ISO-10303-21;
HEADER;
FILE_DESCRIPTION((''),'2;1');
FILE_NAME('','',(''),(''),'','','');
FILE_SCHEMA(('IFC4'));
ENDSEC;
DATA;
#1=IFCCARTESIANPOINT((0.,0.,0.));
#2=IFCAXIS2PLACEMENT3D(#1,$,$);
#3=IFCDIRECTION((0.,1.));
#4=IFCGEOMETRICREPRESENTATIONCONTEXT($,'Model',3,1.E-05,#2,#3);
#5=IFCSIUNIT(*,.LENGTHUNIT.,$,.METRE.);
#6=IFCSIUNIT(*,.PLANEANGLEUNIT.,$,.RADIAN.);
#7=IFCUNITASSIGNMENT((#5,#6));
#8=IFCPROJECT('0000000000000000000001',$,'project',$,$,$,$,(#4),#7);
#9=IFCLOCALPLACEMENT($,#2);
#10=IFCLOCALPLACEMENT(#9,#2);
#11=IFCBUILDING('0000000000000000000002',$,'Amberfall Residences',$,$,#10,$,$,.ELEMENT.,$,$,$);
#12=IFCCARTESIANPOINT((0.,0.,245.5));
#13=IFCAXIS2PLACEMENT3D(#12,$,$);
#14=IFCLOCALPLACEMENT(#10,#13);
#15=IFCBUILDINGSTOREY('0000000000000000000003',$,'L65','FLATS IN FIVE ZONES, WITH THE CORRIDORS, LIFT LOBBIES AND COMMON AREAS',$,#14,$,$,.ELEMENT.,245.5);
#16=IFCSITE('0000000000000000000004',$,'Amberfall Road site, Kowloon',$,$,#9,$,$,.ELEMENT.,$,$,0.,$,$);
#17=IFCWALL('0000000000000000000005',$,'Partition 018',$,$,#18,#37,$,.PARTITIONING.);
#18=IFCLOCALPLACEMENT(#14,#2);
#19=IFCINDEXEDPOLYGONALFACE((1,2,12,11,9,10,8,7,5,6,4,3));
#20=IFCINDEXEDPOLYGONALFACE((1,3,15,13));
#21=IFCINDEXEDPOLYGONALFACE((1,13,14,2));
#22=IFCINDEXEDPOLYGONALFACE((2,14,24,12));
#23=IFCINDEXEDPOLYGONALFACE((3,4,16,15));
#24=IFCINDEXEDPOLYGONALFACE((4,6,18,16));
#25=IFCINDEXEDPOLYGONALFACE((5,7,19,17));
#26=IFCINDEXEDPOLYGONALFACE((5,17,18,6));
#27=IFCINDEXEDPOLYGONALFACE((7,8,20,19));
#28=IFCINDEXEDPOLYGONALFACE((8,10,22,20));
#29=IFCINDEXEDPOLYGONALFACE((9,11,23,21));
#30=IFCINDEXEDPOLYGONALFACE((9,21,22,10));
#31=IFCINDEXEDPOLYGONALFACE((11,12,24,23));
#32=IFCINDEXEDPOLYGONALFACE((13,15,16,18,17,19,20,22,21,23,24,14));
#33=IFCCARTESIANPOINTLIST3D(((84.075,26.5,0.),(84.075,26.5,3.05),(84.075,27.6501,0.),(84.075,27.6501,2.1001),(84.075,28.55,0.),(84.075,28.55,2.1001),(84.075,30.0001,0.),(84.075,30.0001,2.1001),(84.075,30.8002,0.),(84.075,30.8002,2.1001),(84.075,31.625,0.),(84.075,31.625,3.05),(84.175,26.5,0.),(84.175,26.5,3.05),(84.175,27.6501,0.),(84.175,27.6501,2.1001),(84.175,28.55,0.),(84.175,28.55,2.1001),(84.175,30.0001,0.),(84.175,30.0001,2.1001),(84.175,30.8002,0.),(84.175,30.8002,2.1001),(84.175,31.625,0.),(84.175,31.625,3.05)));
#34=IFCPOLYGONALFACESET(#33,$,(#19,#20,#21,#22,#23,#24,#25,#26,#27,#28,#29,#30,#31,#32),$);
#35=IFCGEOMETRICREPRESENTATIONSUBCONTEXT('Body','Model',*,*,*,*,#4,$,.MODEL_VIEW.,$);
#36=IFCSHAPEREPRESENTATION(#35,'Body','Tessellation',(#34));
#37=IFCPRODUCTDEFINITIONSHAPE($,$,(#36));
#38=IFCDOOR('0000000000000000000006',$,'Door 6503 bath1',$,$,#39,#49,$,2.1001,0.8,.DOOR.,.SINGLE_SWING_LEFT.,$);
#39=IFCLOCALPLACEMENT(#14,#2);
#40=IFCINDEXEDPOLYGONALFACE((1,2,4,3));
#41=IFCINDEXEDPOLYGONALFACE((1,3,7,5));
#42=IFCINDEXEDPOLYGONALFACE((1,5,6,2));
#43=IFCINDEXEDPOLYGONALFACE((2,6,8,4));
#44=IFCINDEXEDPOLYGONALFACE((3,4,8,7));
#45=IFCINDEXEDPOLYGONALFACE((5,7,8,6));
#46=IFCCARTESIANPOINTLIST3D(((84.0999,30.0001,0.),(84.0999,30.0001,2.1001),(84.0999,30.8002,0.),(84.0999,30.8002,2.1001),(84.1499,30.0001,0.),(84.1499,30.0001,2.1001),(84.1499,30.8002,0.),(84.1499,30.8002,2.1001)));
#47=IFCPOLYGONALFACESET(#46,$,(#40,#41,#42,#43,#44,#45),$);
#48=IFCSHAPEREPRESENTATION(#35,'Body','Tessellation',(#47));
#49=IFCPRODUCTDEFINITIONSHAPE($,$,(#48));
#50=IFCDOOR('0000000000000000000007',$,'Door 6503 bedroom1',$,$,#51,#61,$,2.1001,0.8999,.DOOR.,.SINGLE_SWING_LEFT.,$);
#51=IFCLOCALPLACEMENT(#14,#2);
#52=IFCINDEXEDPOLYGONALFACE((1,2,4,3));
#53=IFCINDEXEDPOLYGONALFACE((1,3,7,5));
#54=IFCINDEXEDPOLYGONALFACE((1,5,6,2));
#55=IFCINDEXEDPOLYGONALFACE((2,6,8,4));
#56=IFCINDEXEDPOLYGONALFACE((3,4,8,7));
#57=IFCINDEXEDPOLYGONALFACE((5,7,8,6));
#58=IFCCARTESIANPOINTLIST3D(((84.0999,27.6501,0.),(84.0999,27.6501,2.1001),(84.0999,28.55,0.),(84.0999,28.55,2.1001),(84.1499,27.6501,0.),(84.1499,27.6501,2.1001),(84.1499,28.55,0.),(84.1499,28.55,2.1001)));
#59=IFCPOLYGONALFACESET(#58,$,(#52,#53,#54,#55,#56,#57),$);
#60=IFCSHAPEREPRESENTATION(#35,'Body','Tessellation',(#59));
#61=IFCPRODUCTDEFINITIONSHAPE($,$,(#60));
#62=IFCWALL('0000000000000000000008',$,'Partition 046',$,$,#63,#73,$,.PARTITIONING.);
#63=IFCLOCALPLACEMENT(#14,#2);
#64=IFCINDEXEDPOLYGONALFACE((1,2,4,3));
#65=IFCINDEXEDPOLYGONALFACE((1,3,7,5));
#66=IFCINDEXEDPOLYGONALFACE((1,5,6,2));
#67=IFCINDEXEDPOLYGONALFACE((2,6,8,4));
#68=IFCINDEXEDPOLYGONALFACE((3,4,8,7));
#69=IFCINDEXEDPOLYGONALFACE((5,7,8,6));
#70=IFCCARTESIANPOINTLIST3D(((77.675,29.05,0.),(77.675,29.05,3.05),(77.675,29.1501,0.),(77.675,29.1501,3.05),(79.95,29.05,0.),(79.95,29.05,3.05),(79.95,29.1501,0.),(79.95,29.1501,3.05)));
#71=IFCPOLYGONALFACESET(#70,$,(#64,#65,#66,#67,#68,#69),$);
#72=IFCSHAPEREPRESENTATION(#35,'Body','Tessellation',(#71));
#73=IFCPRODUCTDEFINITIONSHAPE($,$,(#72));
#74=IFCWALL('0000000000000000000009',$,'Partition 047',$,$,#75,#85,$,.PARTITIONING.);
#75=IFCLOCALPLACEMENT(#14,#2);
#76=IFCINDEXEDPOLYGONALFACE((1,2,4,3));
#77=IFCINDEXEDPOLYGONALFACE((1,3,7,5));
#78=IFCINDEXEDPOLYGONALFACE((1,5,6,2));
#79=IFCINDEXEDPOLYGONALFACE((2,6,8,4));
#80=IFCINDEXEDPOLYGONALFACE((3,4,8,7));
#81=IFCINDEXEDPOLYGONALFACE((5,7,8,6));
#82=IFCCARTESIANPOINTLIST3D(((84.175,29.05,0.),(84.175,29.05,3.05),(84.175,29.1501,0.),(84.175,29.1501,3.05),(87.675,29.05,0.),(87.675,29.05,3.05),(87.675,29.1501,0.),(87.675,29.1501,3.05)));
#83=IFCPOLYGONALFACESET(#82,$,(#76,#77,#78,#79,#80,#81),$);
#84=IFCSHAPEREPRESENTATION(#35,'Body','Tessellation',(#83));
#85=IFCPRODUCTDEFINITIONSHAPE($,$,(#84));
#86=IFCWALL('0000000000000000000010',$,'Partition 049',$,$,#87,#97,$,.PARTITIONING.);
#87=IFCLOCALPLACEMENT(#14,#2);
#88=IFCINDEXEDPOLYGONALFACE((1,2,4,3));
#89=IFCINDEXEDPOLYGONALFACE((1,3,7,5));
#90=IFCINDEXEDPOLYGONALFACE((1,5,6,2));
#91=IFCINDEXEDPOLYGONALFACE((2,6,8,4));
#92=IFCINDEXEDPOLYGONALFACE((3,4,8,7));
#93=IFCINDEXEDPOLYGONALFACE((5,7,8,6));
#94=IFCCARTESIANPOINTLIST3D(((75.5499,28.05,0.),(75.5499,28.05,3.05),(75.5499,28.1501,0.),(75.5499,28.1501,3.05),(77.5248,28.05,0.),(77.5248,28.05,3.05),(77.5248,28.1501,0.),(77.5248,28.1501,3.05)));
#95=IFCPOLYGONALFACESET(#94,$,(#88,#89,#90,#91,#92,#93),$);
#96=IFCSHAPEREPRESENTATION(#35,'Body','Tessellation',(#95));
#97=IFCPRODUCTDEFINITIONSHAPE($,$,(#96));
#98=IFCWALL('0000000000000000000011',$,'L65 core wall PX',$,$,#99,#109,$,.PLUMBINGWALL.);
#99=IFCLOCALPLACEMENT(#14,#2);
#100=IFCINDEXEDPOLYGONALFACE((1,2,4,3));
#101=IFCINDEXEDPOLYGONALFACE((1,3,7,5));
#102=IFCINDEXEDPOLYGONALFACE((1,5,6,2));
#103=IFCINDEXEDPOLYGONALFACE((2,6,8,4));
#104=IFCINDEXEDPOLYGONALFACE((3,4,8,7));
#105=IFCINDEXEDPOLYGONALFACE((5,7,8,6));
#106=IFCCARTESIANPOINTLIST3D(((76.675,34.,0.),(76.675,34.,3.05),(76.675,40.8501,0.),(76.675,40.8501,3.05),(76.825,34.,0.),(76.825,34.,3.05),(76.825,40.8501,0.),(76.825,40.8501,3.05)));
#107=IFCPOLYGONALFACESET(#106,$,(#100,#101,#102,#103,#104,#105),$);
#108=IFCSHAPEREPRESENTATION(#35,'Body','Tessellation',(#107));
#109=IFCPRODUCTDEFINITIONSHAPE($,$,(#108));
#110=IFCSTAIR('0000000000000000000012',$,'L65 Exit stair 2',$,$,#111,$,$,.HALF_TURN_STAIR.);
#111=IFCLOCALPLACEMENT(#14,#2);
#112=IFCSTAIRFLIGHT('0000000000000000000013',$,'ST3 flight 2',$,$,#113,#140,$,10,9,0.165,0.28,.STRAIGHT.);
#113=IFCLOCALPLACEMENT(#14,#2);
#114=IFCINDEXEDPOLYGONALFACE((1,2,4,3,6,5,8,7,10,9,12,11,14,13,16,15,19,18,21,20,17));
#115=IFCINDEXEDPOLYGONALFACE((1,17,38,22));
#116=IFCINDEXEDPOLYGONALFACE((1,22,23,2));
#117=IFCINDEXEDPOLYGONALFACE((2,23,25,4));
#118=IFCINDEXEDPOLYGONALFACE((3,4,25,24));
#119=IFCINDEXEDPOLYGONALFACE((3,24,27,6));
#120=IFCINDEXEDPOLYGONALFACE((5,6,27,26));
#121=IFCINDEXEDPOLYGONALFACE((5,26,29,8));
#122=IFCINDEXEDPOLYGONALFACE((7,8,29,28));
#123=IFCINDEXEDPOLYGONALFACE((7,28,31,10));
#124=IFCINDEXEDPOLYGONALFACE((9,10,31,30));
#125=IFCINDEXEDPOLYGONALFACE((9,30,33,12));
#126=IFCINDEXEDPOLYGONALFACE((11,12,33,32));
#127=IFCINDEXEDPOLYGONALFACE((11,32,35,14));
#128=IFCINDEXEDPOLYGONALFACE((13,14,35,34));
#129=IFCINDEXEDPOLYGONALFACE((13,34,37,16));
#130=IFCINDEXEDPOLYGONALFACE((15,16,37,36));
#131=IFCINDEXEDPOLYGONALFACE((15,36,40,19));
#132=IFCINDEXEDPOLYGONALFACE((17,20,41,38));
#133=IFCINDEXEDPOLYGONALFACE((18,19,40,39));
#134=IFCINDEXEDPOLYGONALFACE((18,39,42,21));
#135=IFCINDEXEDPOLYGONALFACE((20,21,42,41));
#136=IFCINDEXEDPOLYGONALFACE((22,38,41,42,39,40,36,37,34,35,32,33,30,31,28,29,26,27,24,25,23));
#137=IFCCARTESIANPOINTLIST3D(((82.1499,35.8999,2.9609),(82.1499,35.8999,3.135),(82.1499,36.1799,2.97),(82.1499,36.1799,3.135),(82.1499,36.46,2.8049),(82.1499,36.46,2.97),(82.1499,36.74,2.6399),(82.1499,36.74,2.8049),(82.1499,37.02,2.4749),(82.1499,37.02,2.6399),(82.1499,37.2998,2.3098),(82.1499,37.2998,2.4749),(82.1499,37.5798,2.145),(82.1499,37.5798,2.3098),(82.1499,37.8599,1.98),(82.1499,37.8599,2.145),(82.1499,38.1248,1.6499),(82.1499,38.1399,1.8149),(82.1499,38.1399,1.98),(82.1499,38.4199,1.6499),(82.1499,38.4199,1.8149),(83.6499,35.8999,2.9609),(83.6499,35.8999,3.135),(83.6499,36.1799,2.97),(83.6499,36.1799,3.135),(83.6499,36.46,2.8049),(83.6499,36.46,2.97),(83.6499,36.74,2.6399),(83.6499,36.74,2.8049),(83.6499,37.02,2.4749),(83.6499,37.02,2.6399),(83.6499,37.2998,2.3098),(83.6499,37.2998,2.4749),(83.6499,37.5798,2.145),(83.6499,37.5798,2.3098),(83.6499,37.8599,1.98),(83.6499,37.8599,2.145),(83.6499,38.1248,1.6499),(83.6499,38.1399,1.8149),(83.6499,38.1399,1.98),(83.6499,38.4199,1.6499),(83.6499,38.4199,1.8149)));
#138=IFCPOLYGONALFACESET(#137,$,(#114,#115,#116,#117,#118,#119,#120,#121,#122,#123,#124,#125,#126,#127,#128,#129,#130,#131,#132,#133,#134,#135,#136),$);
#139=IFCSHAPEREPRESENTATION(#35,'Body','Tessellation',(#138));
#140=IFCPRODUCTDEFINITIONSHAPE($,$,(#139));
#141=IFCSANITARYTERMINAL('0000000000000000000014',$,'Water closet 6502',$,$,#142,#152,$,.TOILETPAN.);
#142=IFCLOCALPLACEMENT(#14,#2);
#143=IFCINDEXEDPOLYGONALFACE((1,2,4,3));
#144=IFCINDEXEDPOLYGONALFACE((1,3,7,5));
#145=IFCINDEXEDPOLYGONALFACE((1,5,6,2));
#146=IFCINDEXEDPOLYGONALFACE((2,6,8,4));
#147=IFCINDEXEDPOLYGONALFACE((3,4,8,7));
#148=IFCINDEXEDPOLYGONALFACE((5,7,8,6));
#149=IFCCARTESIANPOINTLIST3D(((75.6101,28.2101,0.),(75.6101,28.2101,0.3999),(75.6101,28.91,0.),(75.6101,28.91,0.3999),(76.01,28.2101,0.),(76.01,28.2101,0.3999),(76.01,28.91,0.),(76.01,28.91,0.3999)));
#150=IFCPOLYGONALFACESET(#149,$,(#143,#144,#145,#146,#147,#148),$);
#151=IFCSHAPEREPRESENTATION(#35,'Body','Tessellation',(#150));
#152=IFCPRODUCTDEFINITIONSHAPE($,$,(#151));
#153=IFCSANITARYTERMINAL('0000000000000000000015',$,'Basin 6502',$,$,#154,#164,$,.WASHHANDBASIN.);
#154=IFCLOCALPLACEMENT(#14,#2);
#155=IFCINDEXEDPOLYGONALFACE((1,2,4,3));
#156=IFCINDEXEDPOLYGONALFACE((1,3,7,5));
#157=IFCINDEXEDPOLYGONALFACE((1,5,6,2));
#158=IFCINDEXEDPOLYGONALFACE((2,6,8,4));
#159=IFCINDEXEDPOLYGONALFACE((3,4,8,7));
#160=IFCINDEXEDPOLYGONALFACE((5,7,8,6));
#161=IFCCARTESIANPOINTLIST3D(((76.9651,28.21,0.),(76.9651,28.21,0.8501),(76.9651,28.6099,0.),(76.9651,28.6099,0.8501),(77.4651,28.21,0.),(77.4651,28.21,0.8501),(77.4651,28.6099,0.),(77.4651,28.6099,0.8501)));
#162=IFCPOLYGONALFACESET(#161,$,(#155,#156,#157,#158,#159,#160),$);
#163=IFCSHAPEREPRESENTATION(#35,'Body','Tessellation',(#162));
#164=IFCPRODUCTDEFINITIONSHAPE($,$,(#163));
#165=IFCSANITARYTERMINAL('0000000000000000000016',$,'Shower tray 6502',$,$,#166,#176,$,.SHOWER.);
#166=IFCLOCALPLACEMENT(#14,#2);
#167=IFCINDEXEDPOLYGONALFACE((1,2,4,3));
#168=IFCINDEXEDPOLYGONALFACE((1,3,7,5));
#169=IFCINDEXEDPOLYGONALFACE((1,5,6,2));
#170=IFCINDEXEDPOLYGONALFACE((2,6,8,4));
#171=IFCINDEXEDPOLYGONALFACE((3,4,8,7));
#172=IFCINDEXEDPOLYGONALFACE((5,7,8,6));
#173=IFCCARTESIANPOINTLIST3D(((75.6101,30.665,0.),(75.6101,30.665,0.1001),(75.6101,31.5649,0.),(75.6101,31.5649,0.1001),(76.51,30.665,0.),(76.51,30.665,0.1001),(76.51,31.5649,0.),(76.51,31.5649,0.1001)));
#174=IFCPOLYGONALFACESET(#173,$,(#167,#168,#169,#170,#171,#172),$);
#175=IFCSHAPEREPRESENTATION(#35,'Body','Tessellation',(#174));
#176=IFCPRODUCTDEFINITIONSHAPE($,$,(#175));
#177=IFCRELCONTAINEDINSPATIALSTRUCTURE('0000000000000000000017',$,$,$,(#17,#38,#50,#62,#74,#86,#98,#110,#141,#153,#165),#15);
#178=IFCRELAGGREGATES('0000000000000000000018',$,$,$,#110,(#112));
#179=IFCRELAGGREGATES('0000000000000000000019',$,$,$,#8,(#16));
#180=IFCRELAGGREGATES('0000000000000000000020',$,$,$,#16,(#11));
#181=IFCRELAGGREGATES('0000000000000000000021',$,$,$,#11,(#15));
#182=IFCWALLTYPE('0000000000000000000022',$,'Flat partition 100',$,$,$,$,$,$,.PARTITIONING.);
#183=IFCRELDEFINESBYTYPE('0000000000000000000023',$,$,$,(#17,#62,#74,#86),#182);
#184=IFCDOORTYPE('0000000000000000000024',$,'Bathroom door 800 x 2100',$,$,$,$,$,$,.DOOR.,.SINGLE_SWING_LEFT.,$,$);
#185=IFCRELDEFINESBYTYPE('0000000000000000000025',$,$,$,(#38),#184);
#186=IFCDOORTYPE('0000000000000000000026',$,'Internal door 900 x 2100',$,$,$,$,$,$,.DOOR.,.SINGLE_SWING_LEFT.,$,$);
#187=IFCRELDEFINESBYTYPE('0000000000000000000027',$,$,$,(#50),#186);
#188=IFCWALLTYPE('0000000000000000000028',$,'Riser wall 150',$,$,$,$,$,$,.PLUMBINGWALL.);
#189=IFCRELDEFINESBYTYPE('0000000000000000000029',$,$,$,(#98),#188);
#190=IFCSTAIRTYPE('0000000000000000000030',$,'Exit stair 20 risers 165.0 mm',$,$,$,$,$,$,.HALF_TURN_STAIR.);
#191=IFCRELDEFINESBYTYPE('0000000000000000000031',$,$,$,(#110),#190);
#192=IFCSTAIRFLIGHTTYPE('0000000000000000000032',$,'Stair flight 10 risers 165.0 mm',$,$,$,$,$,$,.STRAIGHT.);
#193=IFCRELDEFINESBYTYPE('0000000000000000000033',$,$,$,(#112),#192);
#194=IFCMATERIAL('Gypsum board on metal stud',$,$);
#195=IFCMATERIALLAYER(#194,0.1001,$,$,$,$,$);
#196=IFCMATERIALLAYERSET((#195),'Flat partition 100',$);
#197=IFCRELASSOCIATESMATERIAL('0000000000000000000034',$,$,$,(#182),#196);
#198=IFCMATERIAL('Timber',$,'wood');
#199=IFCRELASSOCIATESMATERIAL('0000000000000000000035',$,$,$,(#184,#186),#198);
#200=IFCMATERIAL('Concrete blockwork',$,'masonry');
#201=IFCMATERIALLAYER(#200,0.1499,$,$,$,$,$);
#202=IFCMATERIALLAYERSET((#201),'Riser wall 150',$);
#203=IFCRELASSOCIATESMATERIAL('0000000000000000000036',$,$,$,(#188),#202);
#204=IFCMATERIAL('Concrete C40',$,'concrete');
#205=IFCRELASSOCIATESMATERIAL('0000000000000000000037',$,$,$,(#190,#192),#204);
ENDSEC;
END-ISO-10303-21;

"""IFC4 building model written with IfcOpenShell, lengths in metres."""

from ifc_helpers import new_model, si_unit, direction, frame, frame_2d, origin, origin_2d, place, context, subcontext, project, spatial, polyline, rectangle, outline, extrude, material, layer, layer_set, type_object, element, fill, aggregate, save


model = new_model("IFC4")

# Units and contexts
model_context = context("Model", 3, precision=1e-05, world=origin(), true_north=direction((0.0, 1.0)))
body_context = subcontext(model_context, "Body", "Model", "MODEL_VIEW")
ifc_project = project(units=[si_unit("LENGTHUNIT", "METRE"), si_unit("PLANEANGLEUNIT", "RADIAN")], contexts=[model_context])

# Site, building, storey
site_placement = place(None, origin())
site = spatial("IfcSite", under=ifc_project, at=site_placement, Name="Amberfall Road site, Kowloon", CompositionType="ELEMENT", RefElevation=0.0)
building_placement = place(site_placement, origin())
building = spatial("IfcBuilding", under=site, at=building_placement, Name="Amberfall Residences", CompositionType="ELEMENT")
storey_placement = place(building_placement, frame((0.0, 0.0, 245.5)))
storey = spatial("IfcBuildingStorey", under=building, at=storey_placement, Name="L65", Description="FLATS IN FIVE ZONES, WITH THE CORRIDORS, LIFT LOBBIES AND COMMON AREAS", CompositionType="ELEMENT", Elevation=245.5)

# Shared definitions
ifc_material_1 = material(Name="Gypsum board on metal stud")
ifc_layer_1 = layer(ifc_material_1, 0.1001)
ifc_layer_set_1 = layer_set([ifc_layer_1], Name="Flat partition 100")
wall_type_1 = type_object("IfcWallType", Name="Flat partition 100", PredefinedType="PARTITIONING", material=ifc_layer_set_1)
ifc_material_2 = material(Name="Timber", Category="wood")
door_type_1 = type_object("IfcDoorType", Name="Bathroom door 800 x 2100", OperationType="SINGLE_SWING_LEFT", PredefinedType="DOOR", material=ifc_material_2)
door_type_2 = type_object("IfcDoorType", Name="Internal door 900 x 2100", OperationType="SINGLE_SWING_LEFT", PredefinedType="DOOR", material=ifc_material_2)

# Wall, openings, doors
wall_1_placement = place(storey_placement, frame((84.125, 31.625, 0.0), z_axis=(0.0, 0.0, 1.0), x_axis=(0.0, -1.0, 0.0)))
wall_1 = element("IfcWall", 1, at=wall_1_placement, inside=storey, type_object=wall_type_1, Name="Partition 018", PredefinedType="PARTITIONING", context=body_context, shape_type="SweptSolid", body=[
    extrude(rectangle(XDim=5.125, YDim=0.1001, at=frame_2d((2.5625, 0.0))), origin(), (0.0, 0.0, 1.0), 3.05),
])
opening_1_placement = place(wall_1_placement, frame((3.075, 0.0, 0.0)))
opening_1 = element("IfcOpeningElement", 2, at=opening_1_placement, cuts=wall_1, PredefinedType="OPENING", context=body_context, shape_type="SweptSolid", body=[
    extrude(rectangle(XDim=0.8999, YDim=2.1001, at=frame_2d((0.45, 1.05))), frame((0.0, 0.0601, 0.0), z_axis=(0.0, -1.0, 0.0), x_axis=(1.0, 0.0, 0.0)), (0.0, 0.0, 1.0), 0.1201),
])
opening_2_placement = place(wall_1_placement, frame((0.825, 0.0, 0.0)))
opening_2 = element("IfcOpeningElement", 3, at=opening_2_placement, cuts=wall_1, PredefinedType="OPENING", context=body_context, shape_type="SweptSolid", body=[
    extrude(rectangle(XDim=0.8, YDim=2.1001, at=frame_2d((0.3999, 1.05))), frame((0.0, 0.0601, 0.0), z_axis=(0.0, -1.0, 0.0), x_axis=(1.0, 0.0, 0.0)), (0.0, 0.0, 1.0), 0.1201),
])
door_1_placement = place(opening_2_placement, origin())
door_1 = element("IfcDoor", 4, at=door_1_placement, inside=storey, type_object=door_type_1, Name="Door 6503 bath1", OperationType="SINGLE_SWING_LEFT", OverallHeight=2.1001, OverallWidth=0.8, PredefinedType="DOOR", context=body_context, shape_type="SweptSolid", body=[
    extrude(rectangle(XDim=0.8, YDim=2.1001, at=frame_2d((0.3999, 1.05))), frame((0.0, 0.0249, 0.0), z_axis=(0.0, -1.0, 0.0), x_axis=(1.0, 0.0, 0.0)), (0.0, 0.0, 1.0), 0.05),
])
fill(opening_2, door_1)
door_2_placement = place(opening_1_placement, origin())
door_2 = element("IfcDoor", 5, at=door_2_placement, inside=storey, type_object=door_type_2, Name="Door 6503 bedroom1", OperationType="SINGLE_SWING_LEFT", OverallHeight=2.1001, OverallWidth=0.8999, PredefinedType="DOOR", context=body_context, shape_type="SweptSolid", body=[
    extrude(rectangle(XDim=0.8999, YDim=2.1001, at=frame_2d((0.45, 1.05))), frame((0.0, 0.0249, 0.0), z_axis=(0.0, -1.0, 0.0), x_axis=(1.0, 0.0, 0.0)), (0.0, 0.0, 1.0), 0.05),
])
fill(opening_1, door_2)

# Walls
wall_2_placement = place(storey_placement, frame((77.675, 29.1001, 0.0), z_axis=(0.0, 0.0, 1.0), x_axis=(1.0, 0.0, 0.0)))
element("IfcWall", 6, at=wall_2_placement, inside=storey, type_object=wall_type_1, Name="Partition 046", PredefinedType="PARTITIONING", context=body_context, shape_type="SweptSolid", body=[
    extrude(rectangle(XDim=2.2749, YDim=0.1001, at=frame_2d((1.1375, 0.0))), origin(), (0.0, 0.0, 1.0), 3.05),
])
wall_3_placement = place(storey_placement, frame((84.175, 29.1001, 0.0), z_axis=(0.0, 0.0, 1.0), x_axis=(1.0, 0.0, 0.0)))
element("IfcWall", 7, at=wall_3_placement, inside=storey, type_object=wall_type_1, Name="Partition 047", PredefinedType="PARTITIONING", context=body_context, shape_type="SweptSolid", body=[
    extrude(rectangle(XDim=3.5, YDim=0.1001, at=frame_2d((1.75, 0.0))), origin(), (0.0, 0.0, 1.0), 3.05),
])
wall_4_placement = place(storey_placement, frame((75.55, 28.1001, 0.0), z_axis=(0.0, 0.0, 1.0), x_axis=(1.0, 0.0, 0.0)))
element("IfcWall", 8, at=wall_4_placement, inside=storey, type_object=wall_type_1, Name="Partition 049", PredefinedType="PARTITIONING", context=body_context, shape_type="SweptSolid", body=[
    extrude(rectangle(XDim=1.9749, YDim=0.1001, at=frame_2d((0.9873, 0.0))), origin(), (0.0, 0.0, 1.0), 3.05),
])
ifc_material_3 = material(Name="Concrete blockwork", Category="masonry")
ifc_layer_2 = layer(ifc_material_3, 0.1499)
ifc_layer_set_2 = layer_set([ifc_layer_2], Name="Riser wall 150")
wall_type_2 = type_object("IfcWallType", Name="Riser wall 150", PredefinedType="PLUMBINGWALL", material=ifc_layer_set_2)
wall_5_placement = place(storey_placement, frame((76.75, 34.0, 0.0), z_axis=(0.0, 0.0, 1.0), x_axis=(0.0, 1.0, 0.0)))
element("IfcWall", 9, at=wall_5_placement, inside=storey, type_object=wall_type_2, Name="L65 core wall PX", PredefinedType="PLUMBINGWALL", context=body_context, shape_type="SweptSolid", body=[
    extrude(rectangle(XDim=6.8501, YDim=0.1499, at=frame_2d((3.425, 0.0))), origin(), (0.0, 0.0, 1.0), 3.05),
])

# Stair, stair flight
ifc_material_4 = material(Name="Concrete C40", Category="concrete")
stair_type = type_object("IfcStairType", Name="Exit stair 20 risers 165.0 mm", PredefinedType="HALF_TURN_STAIR", material=ifc_material_4)
stair_placement = place(storey_placement, origin())
stair = element("IfcStair", 10, at=stair_placement, inside=storey, type_object=stair_type, Name="L65 Exit stair 2", PredefinedType="HALF_TURN_STAIR")
stair_flight_type = type_object("IfcStairFlightType", Name="Stair flight 10 risers 165.0 mm", PredefinedType="STRAIGHT", material=ifc_material_4)
stair_flight_placement = place(storey_placement, frame((82.8999, 38.4199, 1.6499), z_axis=(0.0, 0.0, 1.0), x_axis=(0.0, -1.0, 0.0)))
stair_flight = element("IfcStairFlight", 11, at=stair_flight_placement, type_object=stair_flight_type, Name="ST3 flight 2", NumberOfRisers=10, NumberOfTreads=9, PredefinedType="STRAIGHT", RiserHeight=0.165, TreadLength=0.28, context=body_context, shape_type="SweptSolid", body=[
    extrude(outline(polyline([(0.0, 0.0), (0.0, 0.165), (0.28, 0.165), (0.28, 0.3301), (0.5601, 0.3301), (0.5601, 0.4951), (0.8401, 0.4951), (0.8401, 0.6599), (1.1201, 0.6599), (1.1201, 0.825), (1.3999, 0.825), (1.3999, 0.99), (1.6799, 0.99), (1.6799, 1.155), (1.96, 1.155), (1.96, 1.3201), (2.24, 1.3201), (2.24, 1.4851), (2.52, 1.4851), (2.52, 1.6499), (2.52, 1.311), (0.2952, 0.0), (0.0, 0.0)])), frame((0.0, 0.75, 0.0), z_axis=(0.0, -1.0, 0.0), x_axis=(1.0, 0.0, 0.0)), (0.0, 0.0, 1.0), 1.5),
])
aggregate(stair, [stair_flight])

# Sanitary terminals
sanitary_terminal_1_placement = place(storey_placement, frame((75.8101, 28.5601, 0.0), z_axis=(0.0, 0.0, 1.0), x_axis=(1.0, 0.0, 0.0)))
element("IfcSanitaryTerminal", 12, at=sanitary_terminal_1_placement, inside=storey, Name="Water closet 6502", PredefinedType="TOILETPAN", context=body_context, shape_type="SweptSolid", body=[
    extrude(rectangle(XDim=0.3999, YDim=0.7, at=origin_2d()), origin(), (0.0, 0.0, 1.0), 0.3999),
])
sanitary_terminal_2_placement = place(storey_placement, frame((77.2151, 28.4099, 0.0), z_axis=(0.0, 0.0, 1.0), x_axis=(1.0, 0.0, 0.0)))
element("IfcSanitaryTerminal", 13, at=sanitary_terminal_2_placement, inside=storey, Name="Basin 6502", PredefinedType="WASHHANDBASIN", context=body_context, shape_type="SweptSolid", body=[
    extrude(rectangle(XDim=0.5, YDim=0.3999, at=origin_2d()), origin(), (0.0, 0.0, 1.0), 0.8501),
])
sanitary_terminal_3_placement = place(storey_placement, frame((76.0601, 31.115, 0.0), z_axis=(0.0, 0.0, 1.0), x_axis=(1.0, 0.0, 0.0)))
element("IfcSanitaryTerminal", 14, at=sanitary_terminal_3_placement, inside=storey, Name="Shower tray 6502", PredefinedType="SHOWER", context=body_context, shape_type="SweptSolid", body=[
    extrude(rectangle(XDim=0.8999, YDim=0.8999, at=origin_2d()), origin(), (0.0, 0.0, 1.0), 0.1001),
])

save(model, "model.ifc")
